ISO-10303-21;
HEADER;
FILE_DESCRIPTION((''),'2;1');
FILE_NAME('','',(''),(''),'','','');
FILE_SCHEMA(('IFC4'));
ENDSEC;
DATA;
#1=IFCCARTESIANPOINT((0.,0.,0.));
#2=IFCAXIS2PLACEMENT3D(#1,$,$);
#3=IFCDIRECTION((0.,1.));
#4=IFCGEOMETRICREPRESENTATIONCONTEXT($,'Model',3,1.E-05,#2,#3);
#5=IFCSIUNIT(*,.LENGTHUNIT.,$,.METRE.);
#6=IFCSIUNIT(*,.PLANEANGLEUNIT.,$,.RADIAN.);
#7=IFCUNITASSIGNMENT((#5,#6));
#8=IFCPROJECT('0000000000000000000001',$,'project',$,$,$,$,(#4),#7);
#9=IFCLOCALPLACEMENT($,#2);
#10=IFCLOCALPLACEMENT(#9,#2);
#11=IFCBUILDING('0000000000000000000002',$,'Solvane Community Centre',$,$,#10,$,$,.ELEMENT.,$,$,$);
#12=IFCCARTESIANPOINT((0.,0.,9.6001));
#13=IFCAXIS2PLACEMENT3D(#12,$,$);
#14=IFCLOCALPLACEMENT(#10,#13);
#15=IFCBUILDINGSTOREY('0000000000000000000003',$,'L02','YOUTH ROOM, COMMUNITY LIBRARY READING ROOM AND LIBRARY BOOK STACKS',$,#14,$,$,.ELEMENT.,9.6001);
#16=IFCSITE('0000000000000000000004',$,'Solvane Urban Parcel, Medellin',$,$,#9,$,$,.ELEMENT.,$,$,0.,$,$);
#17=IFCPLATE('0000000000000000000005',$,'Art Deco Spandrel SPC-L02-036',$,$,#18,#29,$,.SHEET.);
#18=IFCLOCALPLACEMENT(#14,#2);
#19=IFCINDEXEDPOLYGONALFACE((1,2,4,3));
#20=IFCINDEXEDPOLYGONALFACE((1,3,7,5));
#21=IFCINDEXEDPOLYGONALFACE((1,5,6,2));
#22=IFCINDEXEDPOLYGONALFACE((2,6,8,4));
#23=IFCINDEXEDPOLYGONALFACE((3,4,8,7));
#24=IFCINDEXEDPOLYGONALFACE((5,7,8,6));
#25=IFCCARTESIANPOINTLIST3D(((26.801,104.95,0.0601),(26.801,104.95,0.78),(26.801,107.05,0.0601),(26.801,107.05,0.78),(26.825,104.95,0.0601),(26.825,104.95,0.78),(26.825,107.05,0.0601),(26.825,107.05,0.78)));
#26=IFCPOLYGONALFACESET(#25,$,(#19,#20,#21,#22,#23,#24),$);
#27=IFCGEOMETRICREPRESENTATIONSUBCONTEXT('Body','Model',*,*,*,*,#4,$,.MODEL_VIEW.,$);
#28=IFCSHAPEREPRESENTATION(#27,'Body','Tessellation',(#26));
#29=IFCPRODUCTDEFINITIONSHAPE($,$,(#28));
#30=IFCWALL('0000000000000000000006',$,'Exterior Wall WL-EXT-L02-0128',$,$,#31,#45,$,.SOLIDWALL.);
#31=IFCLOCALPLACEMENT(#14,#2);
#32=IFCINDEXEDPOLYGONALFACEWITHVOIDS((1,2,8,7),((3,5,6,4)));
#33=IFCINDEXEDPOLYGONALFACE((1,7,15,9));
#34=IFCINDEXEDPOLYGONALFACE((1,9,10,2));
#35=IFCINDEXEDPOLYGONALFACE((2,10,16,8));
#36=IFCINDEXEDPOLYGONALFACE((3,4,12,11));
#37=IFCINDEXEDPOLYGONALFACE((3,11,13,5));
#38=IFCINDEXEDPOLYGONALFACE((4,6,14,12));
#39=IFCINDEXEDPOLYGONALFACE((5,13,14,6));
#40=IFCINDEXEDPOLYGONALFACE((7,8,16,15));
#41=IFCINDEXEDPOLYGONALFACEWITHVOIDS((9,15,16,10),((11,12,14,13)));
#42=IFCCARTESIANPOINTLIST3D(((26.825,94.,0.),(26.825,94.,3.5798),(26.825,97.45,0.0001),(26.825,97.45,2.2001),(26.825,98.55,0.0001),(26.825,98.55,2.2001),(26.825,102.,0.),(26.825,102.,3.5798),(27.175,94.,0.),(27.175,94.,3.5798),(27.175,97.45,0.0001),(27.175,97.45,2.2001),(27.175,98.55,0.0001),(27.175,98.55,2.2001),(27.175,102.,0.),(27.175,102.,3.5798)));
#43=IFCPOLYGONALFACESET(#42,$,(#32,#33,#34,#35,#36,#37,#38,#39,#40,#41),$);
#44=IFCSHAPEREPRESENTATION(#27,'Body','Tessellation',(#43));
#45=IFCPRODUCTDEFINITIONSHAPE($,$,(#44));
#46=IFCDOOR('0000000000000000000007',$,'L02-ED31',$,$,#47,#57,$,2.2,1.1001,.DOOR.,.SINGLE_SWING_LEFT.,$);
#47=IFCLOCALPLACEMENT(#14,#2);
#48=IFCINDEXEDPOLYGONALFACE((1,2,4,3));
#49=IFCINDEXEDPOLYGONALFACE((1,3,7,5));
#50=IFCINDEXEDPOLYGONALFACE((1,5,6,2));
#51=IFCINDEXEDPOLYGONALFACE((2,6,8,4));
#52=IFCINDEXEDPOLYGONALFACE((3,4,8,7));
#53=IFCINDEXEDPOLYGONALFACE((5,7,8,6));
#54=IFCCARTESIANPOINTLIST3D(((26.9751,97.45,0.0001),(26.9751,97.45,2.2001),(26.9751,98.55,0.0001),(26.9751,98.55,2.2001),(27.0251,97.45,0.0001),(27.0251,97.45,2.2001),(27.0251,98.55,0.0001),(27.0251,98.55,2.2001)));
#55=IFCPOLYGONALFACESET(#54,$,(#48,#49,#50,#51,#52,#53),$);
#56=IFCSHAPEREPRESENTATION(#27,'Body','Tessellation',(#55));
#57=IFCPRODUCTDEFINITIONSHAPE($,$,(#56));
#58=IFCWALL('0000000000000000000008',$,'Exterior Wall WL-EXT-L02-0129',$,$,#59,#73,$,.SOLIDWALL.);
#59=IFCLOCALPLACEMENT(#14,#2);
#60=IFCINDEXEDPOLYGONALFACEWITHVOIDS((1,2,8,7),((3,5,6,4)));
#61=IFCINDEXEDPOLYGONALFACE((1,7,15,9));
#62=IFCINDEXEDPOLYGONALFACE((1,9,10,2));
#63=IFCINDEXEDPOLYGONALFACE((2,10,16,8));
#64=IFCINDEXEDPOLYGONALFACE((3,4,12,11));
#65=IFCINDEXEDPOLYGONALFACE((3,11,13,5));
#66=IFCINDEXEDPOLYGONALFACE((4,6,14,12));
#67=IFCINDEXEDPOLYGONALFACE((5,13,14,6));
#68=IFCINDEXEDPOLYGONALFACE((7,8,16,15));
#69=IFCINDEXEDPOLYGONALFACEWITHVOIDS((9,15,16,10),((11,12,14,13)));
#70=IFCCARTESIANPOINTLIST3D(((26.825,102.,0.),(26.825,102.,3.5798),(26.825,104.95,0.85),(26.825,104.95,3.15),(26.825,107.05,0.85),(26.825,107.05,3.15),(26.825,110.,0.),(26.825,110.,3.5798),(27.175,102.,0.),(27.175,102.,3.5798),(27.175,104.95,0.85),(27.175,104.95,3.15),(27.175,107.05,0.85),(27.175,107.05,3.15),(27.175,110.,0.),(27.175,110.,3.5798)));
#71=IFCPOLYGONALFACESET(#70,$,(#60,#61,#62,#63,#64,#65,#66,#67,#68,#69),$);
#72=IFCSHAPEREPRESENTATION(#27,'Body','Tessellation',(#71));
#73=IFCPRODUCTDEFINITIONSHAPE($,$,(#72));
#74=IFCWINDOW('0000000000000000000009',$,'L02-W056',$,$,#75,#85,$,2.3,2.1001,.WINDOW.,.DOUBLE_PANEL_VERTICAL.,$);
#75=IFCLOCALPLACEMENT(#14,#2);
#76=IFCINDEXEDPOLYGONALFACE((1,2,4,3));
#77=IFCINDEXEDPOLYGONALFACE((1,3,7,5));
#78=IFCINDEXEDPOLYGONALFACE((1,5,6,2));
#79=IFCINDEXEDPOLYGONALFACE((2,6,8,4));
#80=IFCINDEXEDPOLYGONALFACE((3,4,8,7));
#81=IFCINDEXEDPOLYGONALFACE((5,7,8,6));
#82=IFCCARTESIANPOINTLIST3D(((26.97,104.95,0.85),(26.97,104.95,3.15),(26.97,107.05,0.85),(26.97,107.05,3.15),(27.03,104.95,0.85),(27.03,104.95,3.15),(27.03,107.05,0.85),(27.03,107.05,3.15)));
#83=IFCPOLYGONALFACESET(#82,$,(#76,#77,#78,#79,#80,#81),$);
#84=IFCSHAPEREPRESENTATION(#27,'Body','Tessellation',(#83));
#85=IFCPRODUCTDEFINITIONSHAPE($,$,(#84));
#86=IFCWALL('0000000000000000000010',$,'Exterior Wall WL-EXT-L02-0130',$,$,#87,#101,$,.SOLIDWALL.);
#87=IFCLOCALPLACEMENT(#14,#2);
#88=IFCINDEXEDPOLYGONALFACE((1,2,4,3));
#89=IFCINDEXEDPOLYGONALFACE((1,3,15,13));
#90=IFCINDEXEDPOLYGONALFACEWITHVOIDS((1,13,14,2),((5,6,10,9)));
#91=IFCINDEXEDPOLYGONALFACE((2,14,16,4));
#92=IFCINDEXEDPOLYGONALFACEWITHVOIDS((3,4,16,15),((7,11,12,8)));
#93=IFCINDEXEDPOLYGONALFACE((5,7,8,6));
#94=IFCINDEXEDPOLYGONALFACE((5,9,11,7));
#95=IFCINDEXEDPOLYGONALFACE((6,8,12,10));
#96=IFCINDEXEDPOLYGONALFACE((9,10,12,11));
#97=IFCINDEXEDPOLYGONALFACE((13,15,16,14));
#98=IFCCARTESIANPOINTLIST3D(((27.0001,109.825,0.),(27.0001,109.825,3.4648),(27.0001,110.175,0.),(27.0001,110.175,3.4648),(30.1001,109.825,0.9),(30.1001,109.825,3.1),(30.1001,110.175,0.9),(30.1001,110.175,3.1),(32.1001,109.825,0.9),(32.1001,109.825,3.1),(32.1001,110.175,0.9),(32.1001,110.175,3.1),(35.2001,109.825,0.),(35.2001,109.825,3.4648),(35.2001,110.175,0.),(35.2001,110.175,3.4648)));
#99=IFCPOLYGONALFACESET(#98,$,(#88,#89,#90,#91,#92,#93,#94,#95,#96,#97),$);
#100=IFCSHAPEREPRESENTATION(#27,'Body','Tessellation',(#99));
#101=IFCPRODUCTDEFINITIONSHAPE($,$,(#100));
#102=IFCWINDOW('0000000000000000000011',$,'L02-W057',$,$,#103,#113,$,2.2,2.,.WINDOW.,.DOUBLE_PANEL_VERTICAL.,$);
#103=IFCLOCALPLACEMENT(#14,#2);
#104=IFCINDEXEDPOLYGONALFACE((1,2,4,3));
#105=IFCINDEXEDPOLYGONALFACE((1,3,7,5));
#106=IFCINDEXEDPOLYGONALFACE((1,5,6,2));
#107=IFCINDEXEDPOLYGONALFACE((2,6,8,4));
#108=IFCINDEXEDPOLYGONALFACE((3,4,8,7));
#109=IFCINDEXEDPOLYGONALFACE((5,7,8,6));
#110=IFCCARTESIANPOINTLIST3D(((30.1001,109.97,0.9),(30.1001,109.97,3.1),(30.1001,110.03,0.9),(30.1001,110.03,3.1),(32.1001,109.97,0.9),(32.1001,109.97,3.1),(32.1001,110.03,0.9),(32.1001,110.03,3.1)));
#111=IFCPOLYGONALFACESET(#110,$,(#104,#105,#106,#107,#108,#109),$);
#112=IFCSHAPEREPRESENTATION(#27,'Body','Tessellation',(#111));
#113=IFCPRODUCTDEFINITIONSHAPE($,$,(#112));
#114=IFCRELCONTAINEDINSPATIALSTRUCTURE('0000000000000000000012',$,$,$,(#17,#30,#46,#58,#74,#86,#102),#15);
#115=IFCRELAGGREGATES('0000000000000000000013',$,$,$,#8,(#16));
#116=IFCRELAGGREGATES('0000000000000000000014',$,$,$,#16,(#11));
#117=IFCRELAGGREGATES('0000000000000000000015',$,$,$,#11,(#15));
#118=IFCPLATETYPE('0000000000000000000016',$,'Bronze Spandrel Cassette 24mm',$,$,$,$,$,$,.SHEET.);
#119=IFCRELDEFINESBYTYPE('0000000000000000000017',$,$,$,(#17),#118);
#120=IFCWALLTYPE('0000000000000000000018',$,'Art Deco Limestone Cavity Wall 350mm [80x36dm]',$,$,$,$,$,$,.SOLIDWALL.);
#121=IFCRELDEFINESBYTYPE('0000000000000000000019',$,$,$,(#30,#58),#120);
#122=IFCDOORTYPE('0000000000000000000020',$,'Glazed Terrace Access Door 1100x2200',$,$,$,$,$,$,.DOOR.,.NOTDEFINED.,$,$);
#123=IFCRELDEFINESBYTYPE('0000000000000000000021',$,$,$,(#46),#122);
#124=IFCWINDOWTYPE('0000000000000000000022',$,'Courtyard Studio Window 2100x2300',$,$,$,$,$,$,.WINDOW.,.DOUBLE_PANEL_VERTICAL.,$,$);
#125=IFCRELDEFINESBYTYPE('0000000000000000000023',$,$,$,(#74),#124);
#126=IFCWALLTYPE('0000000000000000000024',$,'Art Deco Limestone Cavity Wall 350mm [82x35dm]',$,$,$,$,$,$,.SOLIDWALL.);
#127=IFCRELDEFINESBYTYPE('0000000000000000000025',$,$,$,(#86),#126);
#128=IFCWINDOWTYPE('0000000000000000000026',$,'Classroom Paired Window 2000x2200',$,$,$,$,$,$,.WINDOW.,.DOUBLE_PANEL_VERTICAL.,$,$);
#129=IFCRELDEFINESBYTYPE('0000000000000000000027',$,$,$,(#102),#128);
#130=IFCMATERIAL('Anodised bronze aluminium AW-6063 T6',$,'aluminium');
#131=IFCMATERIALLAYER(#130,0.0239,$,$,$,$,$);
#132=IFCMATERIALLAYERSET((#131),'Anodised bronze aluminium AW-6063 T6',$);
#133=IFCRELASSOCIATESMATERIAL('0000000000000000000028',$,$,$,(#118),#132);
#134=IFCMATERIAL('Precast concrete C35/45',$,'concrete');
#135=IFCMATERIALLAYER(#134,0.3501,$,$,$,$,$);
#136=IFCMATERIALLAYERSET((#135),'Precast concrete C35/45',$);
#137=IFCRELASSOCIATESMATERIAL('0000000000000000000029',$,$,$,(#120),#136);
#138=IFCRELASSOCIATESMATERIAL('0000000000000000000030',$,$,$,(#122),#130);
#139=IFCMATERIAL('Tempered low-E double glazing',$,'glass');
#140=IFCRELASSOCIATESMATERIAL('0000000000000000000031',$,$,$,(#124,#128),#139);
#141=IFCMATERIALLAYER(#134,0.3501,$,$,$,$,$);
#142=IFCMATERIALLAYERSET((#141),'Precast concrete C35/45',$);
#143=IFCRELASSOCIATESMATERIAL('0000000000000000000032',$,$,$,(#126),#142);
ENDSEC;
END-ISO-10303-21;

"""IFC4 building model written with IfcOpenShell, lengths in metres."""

from ifc_helpers import new_model, si_unit, direction, frame, frame_2d, origin, origin_2d, place, context, subcontext, project, spatial, rectangle, extrude, material, layer, layer_set, type_object, element, fill, save


model = new_model("IFC4")

# Units and contexts
model_context = context("Model", 3, precision=1e-05, world=origin(), true_north=direction((0.0, 1.0)))
body_context = subcontext(model_context, "Body", "Model", "MODEL_VIEW")
ifc_project = project(units=[si_unit("LENGTHUNIT", "METRE"), si_unit("PLANEANGLEUNIT", "RADIAN")], contexts=[model_context])

# Site, building, storey
site_placement = place(None, origin())
site = spatial("IfcSite", under=ifc_project, at=site_placement, Name="Solvane Urban Parcel, Medellin", CompositionType="ELEMENT", RefElevation=0.0)
building_placement = place(site_placement, origin())
building = spatial("IfcBuilding", under=site, at=building_placement, Name="Solvane Community Centre", CompositionType="ELEMENT")
storey_placement = place(building_placement, frame((0.0, 0.0, 9.6001)))
storey = spatial("IfcBuildingStorey", under=building, at=storey_placement, Name="L02", Description="YOUTH ROOM, COMMUNITY LIBRARY READING ROOM AND LIBRARY BOOK STACKS", CompositionType="ELEMENT", Elevation=9.6001)

# Plate
ifc_material_1 = material(Name="Anodised bronze aluminium AW-6063 T6", Category="aluminium")
ifc_layer_1 = layer(ifc_material_1, 0.0239)
ifc_layer_set_1 = layer_set([ifc_layer_1], Name="Anodised bronze aluminium AW-6063 T6")
plate_type = type_object("IfcPlateType", Name="Bronze Spandrel Cassette 24mm", PredefinedType="SHEET", material=ifc_layer_set_1)
plate_placement = place(storey_placement, frame((26.813, 106.0, 0.0601), z_axis=(0.0, 0.0, 1.0), x_axis=(0.0, 1.0, 0.0)))
element("IfcPlate", 1, at=plate_placement, inside=storey, type_object=plate_type, Name="Art Deco Spandrel SPC-L02-036", PredefinedType="SHEET", context=body_context, shape_type="SweptSolid", body=[
    extrude(rectangle(XDim=2.1001, YDim=0.0239, at=origin_2d()), origin(), (0.0, 0.0, 1.0), 0.72),
])

# Wall, opening, door
ifc_material_2 = material(Name="Precast concrete C35/45", Category="concrete")
ifc_layer_2 = layer(ifc_material_2, 0.3501)
ifc_layer_set_2 = layer_set([ifc_layer_2], Name="Precast concrete C35/45")
wall_type_1 = type_object("IfcWallType", Name="Art Deco Limestone Cavity Wall 350mm [80x36dm]", PredefinedType="SOLIDWALL", material=ifc_layer_set_2)
wall_1_placement = place(storey_placement, frame((27.0, 94.0, 0.0), z_axis=(0.0, 0.0, 1.0), x_axis=(0.0, 1.0, 0.0)))
wall_1 = element("IfcWall", 2, at=wall_1_placement, inside=storey, type_object=wall_type_1, Name="Exterior Wall WL-EXT-L02-0128", PredefinedType="SOLIDWALL", context=body_context, shape_type="SweptSolid", body=[
    extrude(rectangle(XDim=8.0, YDim=0.3501, at=frame_2d((4.0, 0.0))), origin(), (0.0, 0.0, 1.0), 3.5798),
])
opening_1_placement = place(wall_1_placement, frame((3.45, 0.0, 0.0)))
opening_1 = element("IfcOpeningElement", 3, at=opening_1_placement, cuts=wall_1, PredefinedType="OPENING", context=body_context, shape_type="SweptSolid", body=[
    extrude(rectangle(XDim=1.1001, YDim=2.2, at=frame_2d((0.55, 1.1001))), frame((0.0, 0.1851, 0.0), z_axis=(0.0, -1.0, 0.0), x_axis=(1.0, 0.0, 0.0)), (0.0, 0.0, 1.0), 0.3701),
])
door_type = type_object("IfcDoorType", Name="Glazed Terrace Access Door 1100x2200", OperationType="NOTDEFINED", PredefinedType="DOOR", material=ifc_material_1)
door_placement = place(opening_1_placement, origin())
door = element("IfcDoor", 4, at=door_placement, inside=storey, type_object=door_type, Name="L02-ED31", OperationType="SINGLE_SWING_LEFT", OverallHeight=2.2, OverallWidth=1.1001, PredefinedType="DOOR", context=body_context, shape_type="SweptSolid", body=[
    extrude(rectangle(XDim=1.1001, YDim=2.2, at=frame_2d((0.55, 1.1001))), frame((0.0, 0.0249, 0.0), z_axis=(0.0, -1.0, 0.0), x_axis=(1.0, 0.0, 0.0)), (0.0, 0.0, 1.0), 0.05),
])
fill(opening_1, door)

# Walls, openings, windows
wall_2_placement = place(storey_placement, frame((27.0, 102.0, 0.0), z_axis=(0.0, 0.0, 1.0), x_axis=(0.0, 1.0, 0.0)))
wall_2 = element("IfcWall", 5, at=wall_2_placement, inside=storey, type_object=wall_type_1, Name="Exterior Wall WL-EXT-L02-0129", PredefinedType="SOLIDWALL", context=body_context, shape_type="SweptSolid", body=[
    extrude(rectangle(XDim=8.0, YDim=0.3501, at=frame_2d((4.0, 0.0))), origin(), (0.0, 0.0, 1.0), 3.5798),
])
opening_2_placement = place(wall_2_placement, frame((2.95, 0.0, 0.8501)))
opening_2 = element("IfcOpeningElement", 6, at=opening_2_placement, cuts=wall_2, PredefinedType="OPENING", context=body_context, shape_type="SweptSolid", body=[
    extrude(rectangle(XDim=2.1001, YDim=2.3, at=frame_2d((1.05, 1.1499))), frame((0.0, 0.1851, 0.0), z_axis=(0.0, -1.0, 0.0), x_axis=(1.0, 0.0, 0.0)), (0.0, 0.0, 1.0), 0.3701),
])
ifc_material_3 = material(Name="Tempered low-E double glazing", Category="glass")
window_type_1 = type_object("IfcWindowType", Name="Courtyard Studio Window 2100x2300", PartitioningType="DOUBLE_PANEL_VERTICAL", PredefinedType="WINDOW", material=ifc_material_3)
window_1_placement = place(opening_2_placement, origin())
window_1 = element("IfcWindow", 7, at=window_1_placement, inside=storey, type_object=window_type_1, Name="L02-W056", OverallHeight=2.3, OverallWidth=2.1001, PartitioningType="DOUBLE_PANEL_VERTICAL", PredefinedType="WINDOW", context=body_context, shape_type="SweptSolid", body=[
    extrude(rectangle(XDim=2.1001, YDim=2.3, at=frame_2d((1.05, 1.1499))), frame((0.0, 0.03, 0.0), z_axis=(0.0, -1.0, 0.0), x_axis=(1.0, 0.0, 0.0)), (0.0, 0.0, 1.0), 0.0601),
])
fill(opening_2, window_1)
ifc_layer_3 = layer(ifc_material_2, 0.3501)
ifc_layer_set_3 = layer_set([ifc_layer_3], Name="Precast concrete C35/45")
wall_type_2 = type_object("IfcWallType", Name="Art Deco Limestone Cavity Wall 350mm [82x35dm]", PredefinedType="SOLIDWALL", material=ifc_layer_set_3)
wall_3_placement = place(storey_placement, frame((27.0, 110.0, 0.0), z_axis=(0.0, 0.0, 1.0), x_axis=(1.0, 0.0, 0.0)))
wall_3 = element("IfcWall", 8, at=wall_3_placement, inside=storey, type_object=wall_type_2, Name="Exterior Wall WL-EXT-L02-0130", PredefinedType="SOLIDWALL", context=body_context, shape_type="SweptSolid", body=[
    extrude(rectangle(XDim=8.2, YDim=0.3501, at=frame_2d((4.1001, 0.0))), origin(), (0.0, 0.0, 1.0), 3.4648),
])
opening_3_placement = place(wall_3_placement, frame((3.1001, 0.0, 0.8999)))
opening_3 = element("IfcOpeningElement", 9, at=opening_3_placement, cuts=wall_3, PredefinedType="OPENING", context=body_context, shape_type="SweptSolid", body=[
    extrude(rectangle(XDim=2.0, YDim=2.2, at=frame_2d((1.0, 1.1001))), frame((0.0, 0.1851, 0.0), z_axis=(0.0, -1.0, 0.0), x_axis=(1.0, 0.0, 0.0)), (0.0, 0.0, 1.0), 0.3701),
])
window_type_2 = type_object("IfcWindowType", Name="Classroom Paired Window 2000x2200", PartitioningType="DOUBLE_PANEL_VERTICAL", PredefinedType="WINDOW", material=ifc_material_3)
window_2_placement = place(opening_3_placement, origin())
window_2 = element("IfcWindow", 10, at=window_2_placement, inside=storey, type_object=window_type_2, Name="L02-W057", OverallHeight=2.2, OverallWidth=2.0, PartitioningType="DOUBLE_PANEL_VERTICAL", PredefinedType="WINDOW", context=body_context, shape_type="SweptSolid", body=[
    extrude(rectangle(XDim=2.0, YDim=2.2, at=frame_2d((1.0, 1.1001))), frame((0.0, 0.03, 0.0), z_axis=(0.0, -1.0, 0.0), x_axis=(1.0, 0.0, 0.0)), (0.0, 0.0, 1.0), 0.0601),
])
fill(opening_3, window_2)

save(model, "model.ifc")
